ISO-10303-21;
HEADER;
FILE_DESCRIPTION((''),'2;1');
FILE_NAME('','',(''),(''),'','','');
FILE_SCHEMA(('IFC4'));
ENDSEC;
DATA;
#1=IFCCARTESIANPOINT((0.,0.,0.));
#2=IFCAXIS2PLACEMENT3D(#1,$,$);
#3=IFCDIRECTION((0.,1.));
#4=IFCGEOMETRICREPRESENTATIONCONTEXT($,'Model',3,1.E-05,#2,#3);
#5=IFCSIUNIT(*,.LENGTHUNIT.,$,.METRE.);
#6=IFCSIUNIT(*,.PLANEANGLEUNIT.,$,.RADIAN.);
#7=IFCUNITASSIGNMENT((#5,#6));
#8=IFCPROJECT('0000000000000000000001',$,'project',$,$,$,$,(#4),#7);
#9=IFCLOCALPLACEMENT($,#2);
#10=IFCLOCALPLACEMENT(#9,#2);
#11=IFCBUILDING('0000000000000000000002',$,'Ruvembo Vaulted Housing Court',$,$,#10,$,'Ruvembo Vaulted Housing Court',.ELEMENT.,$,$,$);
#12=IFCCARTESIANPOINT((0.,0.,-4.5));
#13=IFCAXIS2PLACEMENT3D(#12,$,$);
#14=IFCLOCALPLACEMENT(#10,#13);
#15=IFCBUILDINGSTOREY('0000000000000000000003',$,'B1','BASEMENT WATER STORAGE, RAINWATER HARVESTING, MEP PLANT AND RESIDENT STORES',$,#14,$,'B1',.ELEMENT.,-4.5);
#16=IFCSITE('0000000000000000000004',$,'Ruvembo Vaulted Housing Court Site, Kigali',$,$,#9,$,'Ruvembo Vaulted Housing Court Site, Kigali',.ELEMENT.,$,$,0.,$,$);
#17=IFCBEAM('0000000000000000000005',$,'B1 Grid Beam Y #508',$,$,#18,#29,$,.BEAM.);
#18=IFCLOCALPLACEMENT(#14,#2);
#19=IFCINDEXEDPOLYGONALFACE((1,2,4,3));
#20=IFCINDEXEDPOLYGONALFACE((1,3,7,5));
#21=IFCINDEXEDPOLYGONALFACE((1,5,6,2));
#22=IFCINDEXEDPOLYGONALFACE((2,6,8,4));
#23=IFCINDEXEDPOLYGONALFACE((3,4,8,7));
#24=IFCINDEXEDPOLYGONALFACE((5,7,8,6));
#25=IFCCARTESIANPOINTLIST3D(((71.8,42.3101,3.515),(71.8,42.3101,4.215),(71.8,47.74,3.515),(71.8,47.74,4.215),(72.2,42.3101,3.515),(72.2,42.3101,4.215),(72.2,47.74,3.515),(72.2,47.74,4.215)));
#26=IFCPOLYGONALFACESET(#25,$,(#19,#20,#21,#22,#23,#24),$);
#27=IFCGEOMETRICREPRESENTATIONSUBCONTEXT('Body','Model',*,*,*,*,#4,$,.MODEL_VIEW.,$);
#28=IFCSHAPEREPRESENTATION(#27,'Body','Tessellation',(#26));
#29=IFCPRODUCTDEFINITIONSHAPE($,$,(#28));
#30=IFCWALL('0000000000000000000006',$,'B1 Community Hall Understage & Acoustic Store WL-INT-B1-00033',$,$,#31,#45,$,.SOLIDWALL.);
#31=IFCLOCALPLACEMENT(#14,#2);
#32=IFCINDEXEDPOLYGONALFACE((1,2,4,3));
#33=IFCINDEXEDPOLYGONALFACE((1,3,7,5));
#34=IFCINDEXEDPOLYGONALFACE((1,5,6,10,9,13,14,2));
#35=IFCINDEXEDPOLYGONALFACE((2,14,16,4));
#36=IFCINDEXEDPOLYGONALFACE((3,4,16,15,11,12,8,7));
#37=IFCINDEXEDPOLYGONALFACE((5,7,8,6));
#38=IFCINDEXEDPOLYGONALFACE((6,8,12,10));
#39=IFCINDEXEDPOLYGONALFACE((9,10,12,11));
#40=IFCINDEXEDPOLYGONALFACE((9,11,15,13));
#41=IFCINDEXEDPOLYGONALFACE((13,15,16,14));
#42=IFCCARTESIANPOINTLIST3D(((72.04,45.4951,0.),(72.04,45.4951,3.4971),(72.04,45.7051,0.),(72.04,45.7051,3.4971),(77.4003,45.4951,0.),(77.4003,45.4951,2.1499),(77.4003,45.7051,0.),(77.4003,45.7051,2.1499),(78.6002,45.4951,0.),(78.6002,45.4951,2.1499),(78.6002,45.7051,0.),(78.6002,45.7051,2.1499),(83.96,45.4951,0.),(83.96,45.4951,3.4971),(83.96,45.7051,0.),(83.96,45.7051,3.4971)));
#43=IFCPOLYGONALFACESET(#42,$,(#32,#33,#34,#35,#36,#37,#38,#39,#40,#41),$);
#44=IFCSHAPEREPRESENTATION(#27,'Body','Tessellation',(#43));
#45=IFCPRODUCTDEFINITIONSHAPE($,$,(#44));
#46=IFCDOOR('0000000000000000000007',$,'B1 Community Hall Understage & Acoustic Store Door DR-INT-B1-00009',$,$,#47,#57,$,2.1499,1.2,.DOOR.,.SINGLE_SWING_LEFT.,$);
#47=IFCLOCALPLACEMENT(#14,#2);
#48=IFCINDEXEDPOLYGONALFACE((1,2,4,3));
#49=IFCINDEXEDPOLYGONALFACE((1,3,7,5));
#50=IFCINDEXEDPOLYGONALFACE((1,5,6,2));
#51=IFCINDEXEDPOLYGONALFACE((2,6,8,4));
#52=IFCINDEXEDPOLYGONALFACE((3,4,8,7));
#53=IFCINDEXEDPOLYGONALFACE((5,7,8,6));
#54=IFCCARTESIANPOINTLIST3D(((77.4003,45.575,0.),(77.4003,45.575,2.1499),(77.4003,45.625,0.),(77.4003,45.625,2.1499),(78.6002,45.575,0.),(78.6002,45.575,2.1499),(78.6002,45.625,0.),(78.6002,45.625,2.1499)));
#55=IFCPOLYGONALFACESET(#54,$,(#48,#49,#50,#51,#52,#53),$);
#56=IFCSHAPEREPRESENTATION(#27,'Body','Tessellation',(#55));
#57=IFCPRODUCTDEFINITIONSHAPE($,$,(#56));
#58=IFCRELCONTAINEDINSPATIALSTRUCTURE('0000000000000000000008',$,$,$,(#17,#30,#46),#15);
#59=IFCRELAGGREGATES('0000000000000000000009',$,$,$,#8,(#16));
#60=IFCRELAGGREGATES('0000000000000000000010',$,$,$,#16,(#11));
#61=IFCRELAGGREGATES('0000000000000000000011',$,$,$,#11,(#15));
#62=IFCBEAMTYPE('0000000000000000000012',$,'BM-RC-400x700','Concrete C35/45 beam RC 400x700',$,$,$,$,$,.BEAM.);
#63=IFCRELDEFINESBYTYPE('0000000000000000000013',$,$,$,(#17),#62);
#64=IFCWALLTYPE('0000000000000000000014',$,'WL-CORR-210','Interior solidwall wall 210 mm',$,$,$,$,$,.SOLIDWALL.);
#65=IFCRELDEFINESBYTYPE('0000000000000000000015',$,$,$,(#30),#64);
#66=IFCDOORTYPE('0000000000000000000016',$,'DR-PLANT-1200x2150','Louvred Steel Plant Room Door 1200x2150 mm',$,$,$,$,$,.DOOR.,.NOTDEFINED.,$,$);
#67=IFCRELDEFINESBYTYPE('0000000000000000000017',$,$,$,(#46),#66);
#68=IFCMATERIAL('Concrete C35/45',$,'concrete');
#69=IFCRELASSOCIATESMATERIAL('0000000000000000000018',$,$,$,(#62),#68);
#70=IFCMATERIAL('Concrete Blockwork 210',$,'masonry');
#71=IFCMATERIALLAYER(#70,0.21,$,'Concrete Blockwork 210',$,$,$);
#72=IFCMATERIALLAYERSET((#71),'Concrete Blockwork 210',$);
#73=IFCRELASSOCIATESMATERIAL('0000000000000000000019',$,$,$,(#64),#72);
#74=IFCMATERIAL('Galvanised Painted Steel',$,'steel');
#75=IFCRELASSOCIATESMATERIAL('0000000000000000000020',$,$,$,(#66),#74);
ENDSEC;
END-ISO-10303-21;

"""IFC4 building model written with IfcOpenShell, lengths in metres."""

from ifc_helpers import new_model, si_unit, direction, frame, frame_2d, origin, origin_2d, place, context, subcontext, project, spatial, rectangle, extrude, material, layer, layer_set, material_profile, profile_set, type_object, element, fill, save


model = new_model("IFC4")

# Units and contexts
model_context = context("Model", 3, precision=1e-05, world=origin(), true_north=direction((0.0, 1.0)))
body_context = subcontext(model_context, "Body", "Model", "MODEL_VIEW")
ifc_project = project(units=[si_unit("LENGTHUNIT", "METRE"), si_unit("PLANEANGLEUNIT", "RADIAN")], contexts=[model_context])

# Site, building, storey
site_placement = place(None, origin())
site = spatial("IfcSite", under=ifc_project, at=site_placement, Name="Ruvembo Vaulted Housing Court Site, Kigali", LongName="Ruvembo Vaulted Housing Court Site, Kigali", CompositionType="ELEMENT", RefElevation=0.0)
building_placement = place(site_placement, origin())
building = spatial("IfcBuilding", under=site, at=building_placement, Name="Ruvembo Vaulted Housing Court", LongName="Ruvembo Vaulted Housing Court", CompositionType="ELEMENT")
storey_placement = place(building_placement, frame((0.0, 0.0, -4.5)))
storey = spatial("IfcBuildingStorey", under=building, at=storey_placement, Name="B1", Description="BASEMENT WATER STORAGE, RAINWATER HARVESTING, MEP PLANT AND RESIDENT STORES", LongName="B1", CompositionType="ELEMENT", Elevation=-4.5)

# Shared definitions
ifc_material_1 = material(Name="Concrete C35/45", Category="concrete")

# Beam
ifc_material_profile_1 = material_profile(ifc_material_1, rectangle(XDim=0.3999, YDim=0.7, at=origin_2d()), Name="RC 400x700")
ifc_profile_set_1 = profile_set([ifc_material_profile_1], Name="Concrete C35/45")
beam_type_1 = type_object("IfcBeamType", Name="BM-RC-400x700", Description="Concrete C35/45 beam RC 400x700", PredefinedType="BEAM", material=ifc_profile_set_1)
beam_1_placement = place(storey_placement, frame((72.0, 42.3101, 3.865), z_axis=(0.0, 1.0, 0.0), x_axis=(-1.0, 0.0, 0.0)))
element("IfcBeam", 1, at=beam_1_placement, inside=storey, type_object=beam_type_1, Name="B1 Grid Beam Y #508", PredefinedType="BEAM", context=body_context, shape_type="SweptSolid", body=[
    extrude(rectangle(XDim=0.3999, YDim=0.7, at=origin_2d()), origin(), (0.0, 0.0, 1.0), 5.4299),
])

# Wall, opening, door
ifc_material_2 = material(Name="Concrete Blockwork 210", Category="masonry")
ifc_layer = layer(ifc_material_2, 0.21, Name="Concrete Blockwork 210")
ifc_layer_set = layer_set([ifc_layer], Name="Concrete Blockwork 210")
wall_type = type_object("IfcWallType", Name="WL-CORR-210", Description="Interior solidwall wall 210 mm", PredefinedType="SOLIDWALL", material=ifc_layer_set)
wall_placement = place(storey_placement, frame((72.04, 45.6001, 0.0), z_axis=(0.0, 0.0, 1.0), x_axis=(1.0, 0.0, 0.0)))
wall = element("IfcWall", 2, at=wall_placement, inside=storey, type_object=wall_type, Name="B1 Community Hall Understage & Acoustic Store WL-INT-B1-00033", PredefinedType="SOLIDWALL", context=body_context, shape_type="SweptSolid", body=[
    extrude(rectangle(XDim=11.9199, YDim=0.21, at=frame_2d((5.96, 0.0))), origin(), (0.0, 0.0, 1.0), 3.4971),
])
opening_placement = place(wall_placement, frame((5.3601, 0.0, 0.0)))
opening = element("IfcOpeningElement", 3, at=opening_placement, cuts=wall, PredefinedType="OPENING", context=body_context, shape_type="SweptSolid", body=[
    extrude(rectangle(XDim=1.2, YDim=2.1499, at=frame_2d((0.6001, 1.075))), frame((0.0, 0.115, 0.0), z_axis=(0.0, -1.0, 0.0), x_axis=(1.0, 0.0, 0.0)), (0.0, 0.0, 1.0), 0.23),
])
ifc_material_3 = material(Name="Galvanised Painted Steel", Category="steel")
door_type = type_object("IfcDoorType", Name="DR-PLANT-1200x2150", Description="Louvred Steel Plant Room Door 1200x2150 mm", OperationType="NOTDEFINED", PredefinedType="DOOR", material=ifc_material_3)
door_placement = place(opening_placement, origin())
door = element("IfcDoor", 4, at=door_placement, inside=storey, type_object=door_type, Name="B1 Community Hall Understage & Acoustic Store Door DR-INT-B1-00009", OperationType="SINGLE_SWING_LEFT", OverallHeight=2.1499, OverallWidth=1.2, PredefinedType="DOOR", context=body_context, shape_type="SweptSolid", body=[
    extrude(rectangle(XDim=1.2, YDim=2.1499, at=frame_2d((0.6001, 1.075))), frame((0.0, 0.0249, 0.0), z_axis=(0.0, -1.0, 0.0), x_axis=(1.0, 0.0, 0.0)), (0.0, 0.0, 1.0), 0.05),
])
fill(opening, door)

save(model, "model.ifc")
